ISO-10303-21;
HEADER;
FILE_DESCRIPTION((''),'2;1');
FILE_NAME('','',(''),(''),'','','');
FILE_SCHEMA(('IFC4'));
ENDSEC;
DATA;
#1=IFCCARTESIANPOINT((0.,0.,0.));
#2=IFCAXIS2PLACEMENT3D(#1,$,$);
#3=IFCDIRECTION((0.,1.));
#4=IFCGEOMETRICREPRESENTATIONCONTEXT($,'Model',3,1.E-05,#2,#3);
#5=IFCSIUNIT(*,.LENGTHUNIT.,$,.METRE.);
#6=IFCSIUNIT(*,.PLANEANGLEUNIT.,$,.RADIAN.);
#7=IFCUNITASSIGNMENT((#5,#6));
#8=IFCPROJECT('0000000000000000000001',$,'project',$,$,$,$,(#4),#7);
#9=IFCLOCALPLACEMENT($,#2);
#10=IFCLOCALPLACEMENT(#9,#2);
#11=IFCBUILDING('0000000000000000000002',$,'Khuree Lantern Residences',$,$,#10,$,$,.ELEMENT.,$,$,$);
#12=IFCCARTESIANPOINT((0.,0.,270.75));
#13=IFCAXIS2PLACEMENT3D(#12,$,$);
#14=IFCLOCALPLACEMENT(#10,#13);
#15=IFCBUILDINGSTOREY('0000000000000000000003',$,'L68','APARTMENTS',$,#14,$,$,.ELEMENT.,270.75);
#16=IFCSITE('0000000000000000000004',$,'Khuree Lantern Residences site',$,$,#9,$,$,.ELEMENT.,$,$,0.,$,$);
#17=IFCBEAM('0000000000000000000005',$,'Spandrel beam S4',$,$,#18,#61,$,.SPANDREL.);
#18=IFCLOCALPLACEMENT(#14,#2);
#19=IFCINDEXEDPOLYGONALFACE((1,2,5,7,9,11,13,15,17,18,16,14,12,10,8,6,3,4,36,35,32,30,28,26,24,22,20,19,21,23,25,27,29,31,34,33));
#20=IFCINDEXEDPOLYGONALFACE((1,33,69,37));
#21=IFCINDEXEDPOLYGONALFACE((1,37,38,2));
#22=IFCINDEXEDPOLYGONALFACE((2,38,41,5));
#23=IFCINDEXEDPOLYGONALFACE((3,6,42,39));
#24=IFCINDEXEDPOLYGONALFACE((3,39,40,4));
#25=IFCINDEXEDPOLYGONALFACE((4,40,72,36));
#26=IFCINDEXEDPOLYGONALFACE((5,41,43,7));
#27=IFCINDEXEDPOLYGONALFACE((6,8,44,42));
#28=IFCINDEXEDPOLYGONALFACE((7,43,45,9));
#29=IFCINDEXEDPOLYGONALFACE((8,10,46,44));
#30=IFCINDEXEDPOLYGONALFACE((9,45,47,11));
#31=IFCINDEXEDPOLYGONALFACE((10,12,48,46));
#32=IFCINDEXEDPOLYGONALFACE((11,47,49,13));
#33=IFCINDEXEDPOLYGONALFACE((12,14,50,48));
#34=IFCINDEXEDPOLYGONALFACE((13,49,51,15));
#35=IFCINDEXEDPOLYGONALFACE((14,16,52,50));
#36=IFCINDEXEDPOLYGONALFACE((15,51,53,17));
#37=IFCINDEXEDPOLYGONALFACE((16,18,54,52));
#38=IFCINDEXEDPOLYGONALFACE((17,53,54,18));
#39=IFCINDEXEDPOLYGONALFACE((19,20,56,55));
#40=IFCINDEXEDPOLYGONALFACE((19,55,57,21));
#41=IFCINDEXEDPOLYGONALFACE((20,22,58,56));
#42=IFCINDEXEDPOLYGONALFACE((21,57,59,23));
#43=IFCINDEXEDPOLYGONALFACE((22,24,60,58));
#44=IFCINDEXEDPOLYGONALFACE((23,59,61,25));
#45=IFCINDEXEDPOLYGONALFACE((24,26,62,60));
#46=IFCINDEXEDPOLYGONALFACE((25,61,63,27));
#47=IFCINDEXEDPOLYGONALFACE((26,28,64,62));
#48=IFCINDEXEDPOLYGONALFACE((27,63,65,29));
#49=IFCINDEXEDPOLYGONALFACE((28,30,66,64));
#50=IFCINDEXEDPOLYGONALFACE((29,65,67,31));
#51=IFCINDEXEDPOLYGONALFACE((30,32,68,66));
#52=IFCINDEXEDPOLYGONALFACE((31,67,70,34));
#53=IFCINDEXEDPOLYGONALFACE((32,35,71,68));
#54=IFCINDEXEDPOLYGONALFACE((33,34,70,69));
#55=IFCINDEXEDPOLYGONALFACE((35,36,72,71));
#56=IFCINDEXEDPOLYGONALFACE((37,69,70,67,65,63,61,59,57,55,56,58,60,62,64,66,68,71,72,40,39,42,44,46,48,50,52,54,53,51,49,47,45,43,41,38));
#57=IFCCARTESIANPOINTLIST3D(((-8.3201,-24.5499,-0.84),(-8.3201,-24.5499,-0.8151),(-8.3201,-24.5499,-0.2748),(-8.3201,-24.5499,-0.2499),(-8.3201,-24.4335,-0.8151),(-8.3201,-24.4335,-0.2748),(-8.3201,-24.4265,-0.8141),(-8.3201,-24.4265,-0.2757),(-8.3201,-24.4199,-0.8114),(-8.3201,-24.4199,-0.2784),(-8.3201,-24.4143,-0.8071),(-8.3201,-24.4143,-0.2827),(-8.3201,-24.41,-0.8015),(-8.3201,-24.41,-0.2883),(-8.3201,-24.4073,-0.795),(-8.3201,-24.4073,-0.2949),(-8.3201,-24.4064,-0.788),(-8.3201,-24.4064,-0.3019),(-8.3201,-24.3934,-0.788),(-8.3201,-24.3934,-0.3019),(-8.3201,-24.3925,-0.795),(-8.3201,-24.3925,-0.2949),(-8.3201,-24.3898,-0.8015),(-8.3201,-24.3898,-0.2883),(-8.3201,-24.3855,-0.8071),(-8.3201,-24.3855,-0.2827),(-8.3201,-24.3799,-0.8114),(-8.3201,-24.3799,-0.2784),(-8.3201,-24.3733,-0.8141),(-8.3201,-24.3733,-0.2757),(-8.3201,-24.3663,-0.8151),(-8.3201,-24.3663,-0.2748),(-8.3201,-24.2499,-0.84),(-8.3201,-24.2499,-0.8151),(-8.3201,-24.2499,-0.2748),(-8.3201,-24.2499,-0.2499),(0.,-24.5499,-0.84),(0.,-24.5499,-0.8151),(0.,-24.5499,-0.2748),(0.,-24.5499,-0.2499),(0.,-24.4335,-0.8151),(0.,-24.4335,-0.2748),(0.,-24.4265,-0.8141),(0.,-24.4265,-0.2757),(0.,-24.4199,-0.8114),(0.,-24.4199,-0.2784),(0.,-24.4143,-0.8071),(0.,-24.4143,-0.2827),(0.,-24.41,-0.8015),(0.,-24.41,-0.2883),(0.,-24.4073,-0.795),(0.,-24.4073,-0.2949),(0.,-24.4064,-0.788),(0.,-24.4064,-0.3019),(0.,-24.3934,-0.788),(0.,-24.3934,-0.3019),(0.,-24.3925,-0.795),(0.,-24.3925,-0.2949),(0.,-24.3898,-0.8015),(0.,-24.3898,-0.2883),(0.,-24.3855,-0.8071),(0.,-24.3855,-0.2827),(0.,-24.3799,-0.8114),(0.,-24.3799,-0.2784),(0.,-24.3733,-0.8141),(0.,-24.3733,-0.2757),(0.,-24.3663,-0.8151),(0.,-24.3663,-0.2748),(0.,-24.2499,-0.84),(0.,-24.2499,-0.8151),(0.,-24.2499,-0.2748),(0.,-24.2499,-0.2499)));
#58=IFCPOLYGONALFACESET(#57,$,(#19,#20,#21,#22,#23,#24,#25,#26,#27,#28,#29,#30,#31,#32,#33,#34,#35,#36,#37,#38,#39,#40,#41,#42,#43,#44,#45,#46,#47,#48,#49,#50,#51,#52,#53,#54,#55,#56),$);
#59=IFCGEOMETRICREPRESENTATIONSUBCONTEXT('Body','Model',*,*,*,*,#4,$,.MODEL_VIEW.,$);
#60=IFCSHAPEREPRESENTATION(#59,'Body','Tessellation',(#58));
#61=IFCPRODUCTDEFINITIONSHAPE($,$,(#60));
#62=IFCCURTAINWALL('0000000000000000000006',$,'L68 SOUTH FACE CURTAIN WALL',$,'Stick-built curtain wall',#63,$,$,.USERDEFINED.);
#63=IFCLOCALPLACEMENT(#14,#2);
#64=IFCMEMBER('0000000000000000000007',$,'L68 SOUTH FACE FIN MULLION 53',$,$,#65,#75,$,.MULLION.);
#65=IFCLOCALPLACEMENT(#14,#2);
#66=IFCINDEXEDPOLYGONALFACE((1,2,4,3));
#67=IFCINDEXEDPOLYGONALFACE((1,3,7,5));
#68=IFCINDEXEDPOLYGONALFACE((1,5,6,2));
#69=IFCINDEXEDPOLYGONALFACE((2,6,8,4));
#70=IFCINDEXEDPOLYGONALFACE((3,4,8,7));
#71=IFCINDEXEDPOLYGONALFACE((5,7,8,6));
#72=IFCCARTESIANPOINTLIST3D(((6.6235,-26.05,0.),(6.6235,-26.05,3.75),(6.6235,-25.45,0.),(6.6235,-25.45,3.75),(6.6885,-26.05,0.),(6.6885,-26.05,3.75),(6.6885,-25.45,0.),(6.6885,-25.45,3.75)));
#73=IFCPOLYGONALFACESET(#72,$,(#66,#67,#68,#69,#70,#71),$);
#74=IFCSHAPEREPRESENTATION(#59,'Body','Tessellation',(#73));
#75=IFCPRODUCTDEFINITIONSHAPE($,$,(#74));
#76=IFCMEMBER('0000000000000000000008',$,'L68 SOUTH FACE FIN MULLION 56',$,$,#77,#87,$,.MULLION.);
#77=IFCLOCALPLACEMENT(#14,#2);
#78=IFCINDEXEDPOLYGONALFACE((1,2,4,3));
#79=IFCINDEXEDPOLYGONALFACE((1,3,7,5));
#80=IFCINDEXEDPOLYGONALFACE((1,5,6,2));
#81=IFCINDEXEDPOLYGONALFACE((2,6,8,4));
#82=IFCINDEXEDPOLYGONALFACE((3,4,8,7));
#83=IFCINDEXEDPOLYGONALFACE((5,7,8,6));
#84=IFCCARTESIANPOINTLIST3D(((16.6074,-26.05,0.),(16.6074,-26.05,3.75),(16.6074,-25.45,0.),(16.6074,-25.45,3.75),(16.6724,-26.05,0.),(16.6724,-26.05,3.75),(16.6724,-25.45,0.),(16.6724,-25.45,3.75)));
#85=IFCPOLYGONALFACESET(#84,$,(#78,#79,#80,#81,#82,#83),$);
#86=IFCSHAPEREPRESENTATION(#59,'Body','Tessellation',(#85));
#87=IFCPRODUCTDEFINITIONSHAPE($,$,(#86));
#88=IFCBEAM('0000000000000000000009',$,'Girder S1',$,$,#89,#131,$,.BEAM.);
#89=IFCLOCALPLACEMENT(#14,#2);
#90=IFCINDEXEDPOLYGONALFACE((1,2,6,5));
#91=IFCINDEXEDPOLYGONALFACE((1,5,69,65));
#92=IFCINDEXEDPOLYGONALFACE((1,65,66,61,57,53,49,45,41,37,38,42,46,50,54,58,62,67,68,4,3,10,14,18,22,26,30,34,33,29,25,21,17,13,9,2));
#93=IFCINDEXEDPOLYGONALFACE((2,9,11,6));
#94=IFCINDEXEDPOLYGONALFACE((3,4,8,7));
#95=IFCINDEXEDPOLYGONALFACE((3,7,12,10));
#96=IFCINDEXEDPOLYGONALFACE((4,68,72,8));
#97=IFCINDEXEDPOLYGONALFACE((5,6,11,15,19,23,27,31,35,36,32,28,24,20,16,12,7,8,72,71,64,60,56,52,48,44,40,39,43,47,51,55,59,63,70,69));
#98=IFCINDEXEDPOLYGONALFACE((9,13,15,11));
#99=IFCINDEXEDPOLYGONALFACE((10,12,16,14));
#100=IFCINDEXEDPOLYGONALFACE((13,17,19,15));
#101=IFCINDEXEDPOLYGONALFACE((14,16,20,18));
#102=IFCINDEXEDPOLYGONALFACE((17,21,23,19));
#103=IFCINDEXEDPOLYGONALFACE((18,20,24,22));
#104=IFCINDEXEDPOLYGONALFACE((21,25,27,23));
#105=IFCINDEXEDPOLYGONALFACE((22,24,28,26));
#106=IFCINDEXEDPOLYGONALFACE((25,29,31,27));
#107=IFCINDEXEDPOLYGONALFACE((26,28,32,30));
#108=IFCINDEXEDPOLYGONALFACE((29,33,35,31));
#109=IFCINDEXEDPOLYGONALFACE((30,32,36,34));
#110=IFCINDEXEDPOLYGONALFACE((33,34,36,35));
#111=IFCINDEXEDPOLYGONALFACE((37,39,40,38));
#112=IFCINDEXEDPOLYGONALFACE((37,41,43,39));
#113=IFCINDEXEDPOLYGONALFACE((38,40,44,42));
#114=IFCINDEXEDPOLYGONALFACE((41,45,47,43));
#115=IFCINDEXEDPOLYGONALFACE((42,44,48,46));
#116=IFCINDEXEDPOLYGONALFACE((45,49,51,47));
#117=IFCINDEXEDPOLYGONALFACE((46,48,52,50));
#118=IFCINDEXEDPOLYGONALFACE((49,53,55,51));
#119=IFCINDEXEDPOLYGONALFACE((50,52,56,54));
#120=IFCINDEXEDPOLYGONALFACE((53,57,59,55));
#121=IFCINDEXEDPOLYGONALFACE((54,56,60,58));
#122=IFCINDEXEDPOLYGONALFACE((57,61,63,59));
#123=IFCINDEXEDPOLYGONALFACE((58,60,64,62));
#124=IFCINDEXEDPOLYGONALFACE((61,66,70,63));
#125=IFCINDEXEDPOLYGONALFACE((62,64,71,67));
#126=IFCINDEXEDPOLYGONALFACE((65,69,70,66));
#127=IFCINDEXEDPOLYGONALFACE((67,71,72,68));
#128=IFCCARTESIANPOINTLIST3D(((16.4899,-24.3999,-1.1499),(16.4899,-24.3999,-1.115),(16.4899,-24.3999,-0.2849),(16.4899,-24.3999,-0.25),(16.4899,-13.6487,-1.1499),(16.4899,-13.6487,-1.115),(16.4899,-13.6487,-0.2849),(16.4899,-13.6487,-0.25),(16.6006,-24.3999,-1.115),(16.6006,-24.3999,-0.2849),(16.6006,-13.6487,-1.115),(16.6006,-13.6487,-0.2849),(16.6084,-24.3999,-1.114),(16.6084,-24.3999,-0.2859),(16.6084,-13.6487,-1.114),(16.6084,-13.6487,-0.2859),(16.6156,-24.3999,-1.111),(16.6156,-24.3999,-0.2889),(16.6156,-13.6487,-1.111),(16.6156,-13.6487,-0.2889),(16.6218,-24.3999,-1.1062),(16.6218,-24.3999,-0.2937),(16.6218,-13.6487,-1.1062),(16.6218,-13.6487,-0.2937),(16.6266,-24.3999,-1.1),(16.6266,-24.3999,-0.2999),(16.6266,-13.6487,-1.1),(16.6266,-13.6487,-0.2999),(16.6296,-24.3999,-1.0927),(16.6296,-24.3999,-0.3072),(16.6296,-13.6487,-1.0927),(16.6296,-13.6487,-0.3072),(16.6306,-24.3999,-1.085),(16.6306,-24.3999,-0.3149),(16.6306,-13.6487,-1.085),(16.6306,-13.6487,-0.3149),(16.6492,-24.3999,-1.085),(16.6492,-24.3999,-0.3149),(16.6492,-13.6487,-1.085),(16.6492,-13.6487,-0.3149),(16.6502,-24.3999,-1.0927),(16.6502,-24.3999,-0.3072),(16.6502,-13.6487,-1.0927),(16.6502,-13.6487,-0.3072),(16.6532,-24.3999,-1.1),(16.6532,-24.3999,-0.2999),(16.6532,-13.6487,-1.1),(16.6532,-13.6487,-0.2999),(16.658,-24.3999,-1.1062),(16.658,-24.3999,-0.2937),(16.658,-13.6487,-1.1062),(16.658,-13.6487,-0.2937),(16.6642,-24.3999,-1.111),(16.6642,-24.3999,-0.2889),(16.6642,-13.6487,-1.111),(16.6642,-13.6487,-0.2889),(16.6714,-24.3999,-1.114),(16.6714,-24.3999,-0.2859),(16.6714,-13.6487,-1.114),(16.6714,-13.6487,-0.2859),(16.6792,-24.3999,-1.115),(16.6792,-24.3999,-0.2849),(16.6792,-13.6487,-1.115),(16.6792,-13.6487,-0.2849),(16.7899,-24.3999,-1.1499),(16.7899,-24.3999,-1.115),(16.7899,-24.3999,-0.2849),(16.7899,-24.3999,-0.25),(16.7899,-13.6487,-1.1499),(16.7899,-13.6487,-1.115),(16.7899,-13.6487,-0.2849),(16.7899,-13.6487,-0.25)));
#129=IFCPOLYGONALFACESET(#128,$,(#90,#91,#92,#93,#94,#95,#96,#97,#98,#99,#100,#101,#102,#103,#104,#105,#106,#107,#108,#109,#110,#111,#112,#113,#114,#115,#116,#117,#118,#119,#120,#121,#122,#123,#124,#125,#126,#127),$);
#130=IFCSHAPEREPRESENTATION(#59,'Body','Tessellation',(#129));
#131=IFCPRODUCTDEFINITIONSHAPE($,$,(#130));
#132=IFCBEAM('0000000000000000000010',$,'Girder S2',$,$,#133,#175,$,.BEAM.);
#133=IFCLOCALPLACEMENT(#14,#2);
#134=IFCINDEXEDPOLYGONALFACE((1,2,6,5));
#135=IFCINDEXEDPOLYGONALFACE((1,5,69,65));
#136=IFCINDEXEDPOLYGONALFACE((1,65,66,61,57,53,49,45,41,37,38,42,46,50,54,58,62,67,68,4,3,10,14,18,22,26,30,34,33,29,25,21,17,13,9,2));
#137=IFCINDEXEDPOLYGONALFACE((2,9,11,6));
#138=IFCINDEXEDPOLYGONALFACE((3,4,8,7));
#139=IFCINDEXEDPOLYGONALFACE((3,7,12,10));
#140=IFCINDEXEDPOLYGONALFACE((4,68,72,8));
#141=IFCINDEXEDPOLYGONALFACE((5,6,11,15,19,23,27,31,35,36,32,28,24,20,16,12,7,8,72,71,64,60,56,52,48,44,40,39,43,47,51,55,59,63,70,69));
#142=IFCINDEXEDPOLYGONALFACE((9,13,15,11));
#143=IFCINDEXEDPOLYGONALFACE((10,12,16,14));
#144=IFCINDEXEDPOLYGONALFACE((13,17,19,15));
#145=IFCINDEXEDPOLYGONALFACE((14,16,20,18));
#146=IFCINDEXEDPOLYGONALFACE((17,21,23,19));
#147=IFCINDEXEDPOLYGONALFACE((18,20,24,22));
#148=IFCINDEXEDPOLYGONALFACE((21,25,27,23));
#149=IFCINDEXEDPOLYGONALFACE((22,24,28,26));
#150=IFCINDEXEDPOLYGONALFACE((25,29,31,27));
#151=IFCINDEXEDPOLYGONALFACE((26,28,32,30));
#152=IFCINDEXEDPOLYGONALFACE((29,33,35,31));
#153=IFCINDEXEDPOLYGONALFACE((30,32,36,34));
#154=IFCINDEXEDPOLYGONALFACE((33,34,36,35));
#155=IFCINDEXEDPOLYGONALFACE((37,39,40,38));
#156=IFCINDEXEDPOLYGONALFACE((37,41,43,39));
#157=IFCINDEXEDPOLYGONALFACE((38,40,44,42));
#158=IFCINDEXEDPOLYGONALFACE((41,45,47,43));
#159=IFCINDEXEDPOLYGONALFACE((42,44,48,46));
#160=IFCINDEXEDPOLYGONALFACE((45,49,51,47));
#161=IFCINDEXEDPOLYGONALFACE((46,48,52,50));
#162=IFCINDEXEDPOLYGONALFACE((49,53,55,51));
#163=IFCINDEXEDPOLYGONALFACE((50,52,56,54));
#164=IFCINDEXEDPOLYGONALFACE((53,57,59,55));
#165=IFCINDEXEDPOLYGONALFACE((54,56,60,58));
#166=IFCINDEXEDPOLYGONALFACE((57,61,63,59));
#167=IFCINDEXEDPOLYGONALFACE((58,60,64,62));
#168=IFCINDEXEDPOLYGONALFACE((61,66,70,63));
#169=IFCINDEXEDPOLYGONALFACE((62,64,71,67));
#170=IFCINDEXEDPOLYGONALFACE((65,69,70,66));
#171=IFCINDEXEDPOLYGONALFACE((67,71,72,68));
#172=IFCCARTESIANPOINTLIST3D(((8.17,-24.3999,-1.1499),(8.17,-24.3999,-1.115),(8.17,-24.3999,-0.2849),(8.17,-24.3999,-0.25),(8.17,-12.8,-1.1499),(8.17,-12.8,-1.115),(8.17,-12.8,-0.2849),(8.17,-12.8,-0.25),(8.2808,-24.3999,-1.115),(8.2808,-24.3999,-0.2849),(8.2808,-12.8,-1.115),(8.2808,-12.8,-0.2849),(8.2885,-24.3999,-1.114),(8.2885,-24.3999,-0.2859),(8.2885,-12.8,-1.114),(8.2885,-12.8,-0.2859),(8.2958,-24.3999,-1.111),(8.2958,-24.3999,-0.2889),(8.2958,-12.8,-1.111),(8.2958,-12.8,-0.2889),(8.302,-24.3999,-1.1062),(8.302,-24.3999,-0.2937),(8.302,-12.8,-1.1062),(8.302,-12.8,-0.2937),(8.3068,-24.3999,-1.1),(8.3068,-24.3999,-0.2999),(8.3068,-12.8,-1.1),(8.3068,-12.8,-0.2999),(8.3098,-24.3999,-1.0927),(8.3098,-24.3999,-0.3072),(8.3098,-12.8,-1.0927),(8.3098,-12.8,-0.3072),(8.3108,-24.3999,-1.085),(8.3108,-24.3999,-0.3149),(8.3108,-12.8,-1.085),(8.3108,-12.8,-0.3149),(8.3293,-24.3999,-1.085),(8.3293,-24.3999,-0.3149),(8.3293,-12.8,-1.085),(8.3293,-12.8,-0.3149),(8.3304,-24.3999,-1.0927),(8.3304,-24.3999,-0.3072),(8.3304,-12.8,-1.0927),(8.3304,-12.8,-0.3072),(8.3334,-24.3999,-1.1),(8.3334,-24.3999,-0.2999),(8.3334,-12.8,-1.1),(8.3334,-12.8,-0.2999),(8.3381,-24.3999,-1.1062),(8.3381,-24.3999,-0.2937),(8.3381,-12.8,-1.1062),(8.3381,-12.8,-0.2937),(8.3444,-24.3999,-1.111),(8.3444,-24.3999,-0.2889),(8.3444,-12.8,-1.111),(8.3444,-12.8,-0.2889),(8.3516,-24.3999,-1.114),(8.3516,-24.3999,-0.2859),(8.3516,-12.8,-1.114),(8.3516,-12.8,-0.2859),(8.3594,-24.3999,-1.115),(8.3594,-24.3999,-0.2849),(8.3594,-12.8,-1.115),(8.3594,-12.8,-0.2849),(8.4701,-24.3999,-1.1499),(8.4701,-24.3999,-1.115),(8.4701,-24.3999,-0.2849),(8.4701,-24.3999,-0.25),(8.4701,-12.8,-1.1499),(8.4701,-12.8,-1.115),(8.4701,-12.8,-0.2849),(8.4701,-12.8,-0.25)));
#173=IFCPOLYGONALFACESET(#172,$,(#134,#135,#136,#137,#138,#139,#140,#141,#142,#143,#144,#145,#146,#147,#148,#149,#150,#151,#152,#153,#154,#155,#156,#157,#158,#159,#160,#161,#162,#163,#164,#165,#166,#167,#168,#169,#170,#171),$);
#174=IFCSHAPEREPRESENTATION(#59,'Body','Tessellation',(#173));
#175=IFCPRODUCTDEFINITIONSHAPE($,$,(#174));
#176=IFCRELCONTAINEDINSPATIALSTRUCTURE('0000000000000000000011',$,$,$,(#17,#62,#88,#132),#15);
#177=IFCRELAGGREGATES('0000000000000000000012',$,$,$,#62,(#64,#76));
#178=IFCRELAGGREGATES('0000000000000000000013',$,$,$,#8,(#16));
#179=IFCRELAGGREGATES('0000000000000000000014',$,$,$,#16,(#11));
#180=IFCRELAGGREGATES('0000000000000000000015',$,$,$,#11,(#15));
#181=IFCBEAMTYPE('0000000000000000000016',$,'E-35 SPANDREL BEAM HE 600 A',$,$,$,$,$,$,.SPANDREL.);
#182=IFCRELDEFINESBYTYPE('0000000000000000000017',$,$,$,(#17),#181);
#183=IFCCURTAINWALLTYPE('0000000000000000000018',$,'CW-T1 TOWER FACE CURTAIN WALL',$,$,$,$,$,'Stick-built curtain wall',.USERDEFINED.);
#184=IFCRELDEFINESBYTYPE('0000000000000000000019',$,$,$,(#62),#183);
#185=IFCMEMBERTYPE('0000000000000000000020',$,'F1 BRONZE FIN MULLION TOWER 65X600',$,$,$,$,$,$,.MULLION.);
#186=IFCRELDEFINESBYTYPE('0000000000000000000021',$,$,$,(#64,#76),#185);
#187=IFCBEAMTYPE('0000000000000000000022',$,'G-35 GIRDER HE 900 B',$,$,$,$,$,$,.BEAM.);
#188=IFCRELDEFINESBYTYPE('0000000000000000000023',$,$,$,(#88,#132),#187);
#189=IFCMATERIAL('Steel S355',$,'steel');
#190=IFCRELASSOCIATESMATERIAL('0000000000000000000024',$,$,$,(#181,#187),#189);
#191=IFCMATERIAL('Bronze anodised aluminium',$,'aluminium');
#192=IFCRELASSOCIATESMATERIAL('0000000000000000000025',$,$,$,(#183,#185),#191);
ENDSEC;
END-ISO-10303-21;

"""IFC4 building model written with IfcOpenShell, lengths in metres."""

from ifc_helpers import new_model, si_unit, direction, frame, origin, origin_2d, place, context, subcontext, project, spatial, rectangle, i_section, extrude, material, material_profile, profile_set, type_object, element, aggregate, save


model = new_model("IFC4")

# Units and contexts
model_context = context("Model", 3, precision=1e-05, world=origin(), true_north=direction((0.0, 1.0)))
body_context = subcontext(model_context, "Body", "Model", "MODEL_VIEW")
ifc_project = project(units=[si_unit("LENGTHUNIT", "METRE"), si_unit("PLANEANGLEUNIT", "RADIAN")], contexts=[model_context])

# Site, building, storey
site_placement = place(None, origin())
site = spatial("IfcSite", under=ifc_project, at=site_placement, Name="Khuree Lantern Residences site", CompositionType="ELEMENT", RefElevation=0.0)
building_placement = place(site_placement, origin())
building = spatial("IfcBuilding", under=site, at=building_placement, Name="Khuree Lantern Residences", CompositionType="ELEMENT")
storey_placement = place(building_placement, frame((0.0, 0.0, 270.75)))
storey = spatial("IfcBuildingStorey", under=building, at=storey_placement, Name="L68", Description="APARTMENTS", CompositionType="ELEMENT", Elevation=270.75)

# Beam
ifc_material_1 = material(Name="Steel S355", Category="steel")
ifc_material_profile_1 = material_profile(ifc_material_1, i_section(OverallWidth=0.3, OverallDepth=0.5901, WebThickness=0.0129, FlangeThickness=0.0249, FilletRadius=0.0271, at=origin_2d()), Name="HE 600 A")
ifc_profile_set_1 = profile_set([ifc_material_profile_1], Name="Steel S355")
beam_type_1 = type_object("IfcBeamType", Name="E-35 SPANDREL BEAM HE 600 A", PredefinedType="SPANDREL", material=ifc_profile_set_1)
for number, where, z_axis, x_axis, name in (
    (1, (0.0, -24.3999, -0.5449), (-1.0, 0.0, 0.0), (0.0, -1.0, 0.0), "Spandrel beam S4"),
):
    element("IfcBeam", number, at=place(storey_placement, frame(where, z_axis=z_axis, x_axis=x_axis)), inside=storey, type_object=beam_type_1, Name=name, PredefinedType="SPANDREL", context=body_context, shape_type="SweptSolid", body=[
        extrude(i_section(OverallWidth=0.3, OverallDepth=0.5901, WebThickness=0.0129, FlangeThickness=0.0249, FilletRadius=0.0271, at=origin_2d()), origin(), (0.0, 0.0, 1.0), 8.3201),
    ])

# Curtain wall, members
ifc_material_2 = material(Name="Bronze anodised aluminium", Category="aluminium")
curtain_wall_type = type_object("IfcCurtainWallType", Name="CW-T1 TOWER FACE CURTAIN WALL", ElementType="Stick-built curtain wall", PredefinedType="USERDEFINED", material=ifc_material_2)
curtain_wall_placement = place(storey_placement, origin())
curtain_wall = element("IfcCurtainWall", 2, at=curtain_wall_placement, inside=storey, type_object=curtain_wall_type, Name="L68 SOUTH FACE CURTAIN WALL", ObjectType="Stick-built curtain wall", PredefinedType="USERDEFINED")
ifc_material_profile_2 = material_profile(ifc_material_2, rectangle(XDim=0.0649, YDim=0.6001, at=origin_2d()), Name="F1 65X600")
ifc_profile_set_2 = profile_set([ifc_material_profile_2], Name="Bronze anodised aluminium")
member_type_1 = type_object("IfcMemberType", Name="F1 BRONZE FIN MULLION TOWER 65X600", PredefinedType="MULLION", material=ifc_profile_set_2)
member_1_placement = place(storey_placement, frame((6.656, -25.75, 0.0), z_axis=(0.0, 0.0, 1.0), x_axis=(1.0, 0.0, 0.0)))
member_1 = element("IfcMember", 3, at=member_1_placement, type_object=member_type_1, Name="L68 SOUTH FACE FIN MULLION 53", PredefinedType="MULLION", context=body_context, shape_type="SweptSolid", body=[
    extrude(rectangle(XDim=0.0649, YDim=0.6001, at=origin_2d()), origin(), (0.0, 0.0, 1.0), 3.75),
])
member_2_placement = place(storey_placement, frame((16.6399, -25.75, 0.0), z_axis=(0.0, 0.0, 1.0), x_axis=(1.0, 0.0, 0.0)))
member_2 = element("IfcMember", 4, at=member_2_placement, type_object=member_type_1, Name="L68 SOUTH FACE FIN MULLION 56", PredefinedType="MULLION", context=body_context, shape_type="SweptSolid", body=[
    extrude(rectangle(XDim=0.0649, YDim=0.6001, at=origin_2d()), origin(), (0.0, 0.0, 1.0), 3.75),
])

# Beams
ifc_material_profile_3 = material_profile(ifc_material_1, i_section(OverallWidth=0.3, OverallDepth=0.8999, WebThickness=0.0186, FlangeThickness=0.0349, FilletRadius=0.03, at=origin_2d()), Name="HE 900 B")
ifc_profile_set_3 = profile_set([ifc_material_profile_3], Name="Steel S355")
beam_type_2 = type_object("IfcBeamType", Name="G-35 GIRDER HE 900 B", PredefinedType="BEAM", material=ifc_profile_set_3)
beam_placement = place(storey_placement, frame((16.6399, -24.3999, -0.7), z_axis=(0.0, 1.0, 0.0), x_axis=(-1.0, 0.0, 0.0)))
element("IfcBeam", 5, at=beam_placement, inside=storey, type_object=beam_type_2, Name="Girder S1", PredefinedType="BEAM", context=body_context, shape_type="SweptSolid", body=[
    extrude(i_section(OverallWidth=0.3, OverallDepth=0.8999, WebThickness=0.0186, FlangeThickness=0.0349, FilletRadius=0.03, at=origin_2d()), origin(), (0.0, 0.0, 1.0), 10.7512),
])
for number, where, z_axis, x_axis, name in (
    (6, (8.3201, -24.3999, -0.7), (0.0, 1.0, 0.0), (-1.0, 0.0, 0.0), "Girder S2"),
):
    element("IfcBeam", number, at=place(storey_placement, frame(where, z_axis=z_axis, x_axis=x_axis)), inside=storey, type_object=beam_type_2, Name=name, PredefinedType="BEAM", context=body_context, shape_type="SweptSolid", body=[
        extrude(i_section(OverallWidth=0.3, OverallDepth=0.8999, WebThickness=0.0186, FlangeThickness=0.0349, FilletRadius=0.03, at=origin_2d()), origin(), (0.0, 0.0, 1.0), 11.5999),
    ])

aggregate(curtain_wall, [member_1, member_2])

save(model, "model.ifc")
